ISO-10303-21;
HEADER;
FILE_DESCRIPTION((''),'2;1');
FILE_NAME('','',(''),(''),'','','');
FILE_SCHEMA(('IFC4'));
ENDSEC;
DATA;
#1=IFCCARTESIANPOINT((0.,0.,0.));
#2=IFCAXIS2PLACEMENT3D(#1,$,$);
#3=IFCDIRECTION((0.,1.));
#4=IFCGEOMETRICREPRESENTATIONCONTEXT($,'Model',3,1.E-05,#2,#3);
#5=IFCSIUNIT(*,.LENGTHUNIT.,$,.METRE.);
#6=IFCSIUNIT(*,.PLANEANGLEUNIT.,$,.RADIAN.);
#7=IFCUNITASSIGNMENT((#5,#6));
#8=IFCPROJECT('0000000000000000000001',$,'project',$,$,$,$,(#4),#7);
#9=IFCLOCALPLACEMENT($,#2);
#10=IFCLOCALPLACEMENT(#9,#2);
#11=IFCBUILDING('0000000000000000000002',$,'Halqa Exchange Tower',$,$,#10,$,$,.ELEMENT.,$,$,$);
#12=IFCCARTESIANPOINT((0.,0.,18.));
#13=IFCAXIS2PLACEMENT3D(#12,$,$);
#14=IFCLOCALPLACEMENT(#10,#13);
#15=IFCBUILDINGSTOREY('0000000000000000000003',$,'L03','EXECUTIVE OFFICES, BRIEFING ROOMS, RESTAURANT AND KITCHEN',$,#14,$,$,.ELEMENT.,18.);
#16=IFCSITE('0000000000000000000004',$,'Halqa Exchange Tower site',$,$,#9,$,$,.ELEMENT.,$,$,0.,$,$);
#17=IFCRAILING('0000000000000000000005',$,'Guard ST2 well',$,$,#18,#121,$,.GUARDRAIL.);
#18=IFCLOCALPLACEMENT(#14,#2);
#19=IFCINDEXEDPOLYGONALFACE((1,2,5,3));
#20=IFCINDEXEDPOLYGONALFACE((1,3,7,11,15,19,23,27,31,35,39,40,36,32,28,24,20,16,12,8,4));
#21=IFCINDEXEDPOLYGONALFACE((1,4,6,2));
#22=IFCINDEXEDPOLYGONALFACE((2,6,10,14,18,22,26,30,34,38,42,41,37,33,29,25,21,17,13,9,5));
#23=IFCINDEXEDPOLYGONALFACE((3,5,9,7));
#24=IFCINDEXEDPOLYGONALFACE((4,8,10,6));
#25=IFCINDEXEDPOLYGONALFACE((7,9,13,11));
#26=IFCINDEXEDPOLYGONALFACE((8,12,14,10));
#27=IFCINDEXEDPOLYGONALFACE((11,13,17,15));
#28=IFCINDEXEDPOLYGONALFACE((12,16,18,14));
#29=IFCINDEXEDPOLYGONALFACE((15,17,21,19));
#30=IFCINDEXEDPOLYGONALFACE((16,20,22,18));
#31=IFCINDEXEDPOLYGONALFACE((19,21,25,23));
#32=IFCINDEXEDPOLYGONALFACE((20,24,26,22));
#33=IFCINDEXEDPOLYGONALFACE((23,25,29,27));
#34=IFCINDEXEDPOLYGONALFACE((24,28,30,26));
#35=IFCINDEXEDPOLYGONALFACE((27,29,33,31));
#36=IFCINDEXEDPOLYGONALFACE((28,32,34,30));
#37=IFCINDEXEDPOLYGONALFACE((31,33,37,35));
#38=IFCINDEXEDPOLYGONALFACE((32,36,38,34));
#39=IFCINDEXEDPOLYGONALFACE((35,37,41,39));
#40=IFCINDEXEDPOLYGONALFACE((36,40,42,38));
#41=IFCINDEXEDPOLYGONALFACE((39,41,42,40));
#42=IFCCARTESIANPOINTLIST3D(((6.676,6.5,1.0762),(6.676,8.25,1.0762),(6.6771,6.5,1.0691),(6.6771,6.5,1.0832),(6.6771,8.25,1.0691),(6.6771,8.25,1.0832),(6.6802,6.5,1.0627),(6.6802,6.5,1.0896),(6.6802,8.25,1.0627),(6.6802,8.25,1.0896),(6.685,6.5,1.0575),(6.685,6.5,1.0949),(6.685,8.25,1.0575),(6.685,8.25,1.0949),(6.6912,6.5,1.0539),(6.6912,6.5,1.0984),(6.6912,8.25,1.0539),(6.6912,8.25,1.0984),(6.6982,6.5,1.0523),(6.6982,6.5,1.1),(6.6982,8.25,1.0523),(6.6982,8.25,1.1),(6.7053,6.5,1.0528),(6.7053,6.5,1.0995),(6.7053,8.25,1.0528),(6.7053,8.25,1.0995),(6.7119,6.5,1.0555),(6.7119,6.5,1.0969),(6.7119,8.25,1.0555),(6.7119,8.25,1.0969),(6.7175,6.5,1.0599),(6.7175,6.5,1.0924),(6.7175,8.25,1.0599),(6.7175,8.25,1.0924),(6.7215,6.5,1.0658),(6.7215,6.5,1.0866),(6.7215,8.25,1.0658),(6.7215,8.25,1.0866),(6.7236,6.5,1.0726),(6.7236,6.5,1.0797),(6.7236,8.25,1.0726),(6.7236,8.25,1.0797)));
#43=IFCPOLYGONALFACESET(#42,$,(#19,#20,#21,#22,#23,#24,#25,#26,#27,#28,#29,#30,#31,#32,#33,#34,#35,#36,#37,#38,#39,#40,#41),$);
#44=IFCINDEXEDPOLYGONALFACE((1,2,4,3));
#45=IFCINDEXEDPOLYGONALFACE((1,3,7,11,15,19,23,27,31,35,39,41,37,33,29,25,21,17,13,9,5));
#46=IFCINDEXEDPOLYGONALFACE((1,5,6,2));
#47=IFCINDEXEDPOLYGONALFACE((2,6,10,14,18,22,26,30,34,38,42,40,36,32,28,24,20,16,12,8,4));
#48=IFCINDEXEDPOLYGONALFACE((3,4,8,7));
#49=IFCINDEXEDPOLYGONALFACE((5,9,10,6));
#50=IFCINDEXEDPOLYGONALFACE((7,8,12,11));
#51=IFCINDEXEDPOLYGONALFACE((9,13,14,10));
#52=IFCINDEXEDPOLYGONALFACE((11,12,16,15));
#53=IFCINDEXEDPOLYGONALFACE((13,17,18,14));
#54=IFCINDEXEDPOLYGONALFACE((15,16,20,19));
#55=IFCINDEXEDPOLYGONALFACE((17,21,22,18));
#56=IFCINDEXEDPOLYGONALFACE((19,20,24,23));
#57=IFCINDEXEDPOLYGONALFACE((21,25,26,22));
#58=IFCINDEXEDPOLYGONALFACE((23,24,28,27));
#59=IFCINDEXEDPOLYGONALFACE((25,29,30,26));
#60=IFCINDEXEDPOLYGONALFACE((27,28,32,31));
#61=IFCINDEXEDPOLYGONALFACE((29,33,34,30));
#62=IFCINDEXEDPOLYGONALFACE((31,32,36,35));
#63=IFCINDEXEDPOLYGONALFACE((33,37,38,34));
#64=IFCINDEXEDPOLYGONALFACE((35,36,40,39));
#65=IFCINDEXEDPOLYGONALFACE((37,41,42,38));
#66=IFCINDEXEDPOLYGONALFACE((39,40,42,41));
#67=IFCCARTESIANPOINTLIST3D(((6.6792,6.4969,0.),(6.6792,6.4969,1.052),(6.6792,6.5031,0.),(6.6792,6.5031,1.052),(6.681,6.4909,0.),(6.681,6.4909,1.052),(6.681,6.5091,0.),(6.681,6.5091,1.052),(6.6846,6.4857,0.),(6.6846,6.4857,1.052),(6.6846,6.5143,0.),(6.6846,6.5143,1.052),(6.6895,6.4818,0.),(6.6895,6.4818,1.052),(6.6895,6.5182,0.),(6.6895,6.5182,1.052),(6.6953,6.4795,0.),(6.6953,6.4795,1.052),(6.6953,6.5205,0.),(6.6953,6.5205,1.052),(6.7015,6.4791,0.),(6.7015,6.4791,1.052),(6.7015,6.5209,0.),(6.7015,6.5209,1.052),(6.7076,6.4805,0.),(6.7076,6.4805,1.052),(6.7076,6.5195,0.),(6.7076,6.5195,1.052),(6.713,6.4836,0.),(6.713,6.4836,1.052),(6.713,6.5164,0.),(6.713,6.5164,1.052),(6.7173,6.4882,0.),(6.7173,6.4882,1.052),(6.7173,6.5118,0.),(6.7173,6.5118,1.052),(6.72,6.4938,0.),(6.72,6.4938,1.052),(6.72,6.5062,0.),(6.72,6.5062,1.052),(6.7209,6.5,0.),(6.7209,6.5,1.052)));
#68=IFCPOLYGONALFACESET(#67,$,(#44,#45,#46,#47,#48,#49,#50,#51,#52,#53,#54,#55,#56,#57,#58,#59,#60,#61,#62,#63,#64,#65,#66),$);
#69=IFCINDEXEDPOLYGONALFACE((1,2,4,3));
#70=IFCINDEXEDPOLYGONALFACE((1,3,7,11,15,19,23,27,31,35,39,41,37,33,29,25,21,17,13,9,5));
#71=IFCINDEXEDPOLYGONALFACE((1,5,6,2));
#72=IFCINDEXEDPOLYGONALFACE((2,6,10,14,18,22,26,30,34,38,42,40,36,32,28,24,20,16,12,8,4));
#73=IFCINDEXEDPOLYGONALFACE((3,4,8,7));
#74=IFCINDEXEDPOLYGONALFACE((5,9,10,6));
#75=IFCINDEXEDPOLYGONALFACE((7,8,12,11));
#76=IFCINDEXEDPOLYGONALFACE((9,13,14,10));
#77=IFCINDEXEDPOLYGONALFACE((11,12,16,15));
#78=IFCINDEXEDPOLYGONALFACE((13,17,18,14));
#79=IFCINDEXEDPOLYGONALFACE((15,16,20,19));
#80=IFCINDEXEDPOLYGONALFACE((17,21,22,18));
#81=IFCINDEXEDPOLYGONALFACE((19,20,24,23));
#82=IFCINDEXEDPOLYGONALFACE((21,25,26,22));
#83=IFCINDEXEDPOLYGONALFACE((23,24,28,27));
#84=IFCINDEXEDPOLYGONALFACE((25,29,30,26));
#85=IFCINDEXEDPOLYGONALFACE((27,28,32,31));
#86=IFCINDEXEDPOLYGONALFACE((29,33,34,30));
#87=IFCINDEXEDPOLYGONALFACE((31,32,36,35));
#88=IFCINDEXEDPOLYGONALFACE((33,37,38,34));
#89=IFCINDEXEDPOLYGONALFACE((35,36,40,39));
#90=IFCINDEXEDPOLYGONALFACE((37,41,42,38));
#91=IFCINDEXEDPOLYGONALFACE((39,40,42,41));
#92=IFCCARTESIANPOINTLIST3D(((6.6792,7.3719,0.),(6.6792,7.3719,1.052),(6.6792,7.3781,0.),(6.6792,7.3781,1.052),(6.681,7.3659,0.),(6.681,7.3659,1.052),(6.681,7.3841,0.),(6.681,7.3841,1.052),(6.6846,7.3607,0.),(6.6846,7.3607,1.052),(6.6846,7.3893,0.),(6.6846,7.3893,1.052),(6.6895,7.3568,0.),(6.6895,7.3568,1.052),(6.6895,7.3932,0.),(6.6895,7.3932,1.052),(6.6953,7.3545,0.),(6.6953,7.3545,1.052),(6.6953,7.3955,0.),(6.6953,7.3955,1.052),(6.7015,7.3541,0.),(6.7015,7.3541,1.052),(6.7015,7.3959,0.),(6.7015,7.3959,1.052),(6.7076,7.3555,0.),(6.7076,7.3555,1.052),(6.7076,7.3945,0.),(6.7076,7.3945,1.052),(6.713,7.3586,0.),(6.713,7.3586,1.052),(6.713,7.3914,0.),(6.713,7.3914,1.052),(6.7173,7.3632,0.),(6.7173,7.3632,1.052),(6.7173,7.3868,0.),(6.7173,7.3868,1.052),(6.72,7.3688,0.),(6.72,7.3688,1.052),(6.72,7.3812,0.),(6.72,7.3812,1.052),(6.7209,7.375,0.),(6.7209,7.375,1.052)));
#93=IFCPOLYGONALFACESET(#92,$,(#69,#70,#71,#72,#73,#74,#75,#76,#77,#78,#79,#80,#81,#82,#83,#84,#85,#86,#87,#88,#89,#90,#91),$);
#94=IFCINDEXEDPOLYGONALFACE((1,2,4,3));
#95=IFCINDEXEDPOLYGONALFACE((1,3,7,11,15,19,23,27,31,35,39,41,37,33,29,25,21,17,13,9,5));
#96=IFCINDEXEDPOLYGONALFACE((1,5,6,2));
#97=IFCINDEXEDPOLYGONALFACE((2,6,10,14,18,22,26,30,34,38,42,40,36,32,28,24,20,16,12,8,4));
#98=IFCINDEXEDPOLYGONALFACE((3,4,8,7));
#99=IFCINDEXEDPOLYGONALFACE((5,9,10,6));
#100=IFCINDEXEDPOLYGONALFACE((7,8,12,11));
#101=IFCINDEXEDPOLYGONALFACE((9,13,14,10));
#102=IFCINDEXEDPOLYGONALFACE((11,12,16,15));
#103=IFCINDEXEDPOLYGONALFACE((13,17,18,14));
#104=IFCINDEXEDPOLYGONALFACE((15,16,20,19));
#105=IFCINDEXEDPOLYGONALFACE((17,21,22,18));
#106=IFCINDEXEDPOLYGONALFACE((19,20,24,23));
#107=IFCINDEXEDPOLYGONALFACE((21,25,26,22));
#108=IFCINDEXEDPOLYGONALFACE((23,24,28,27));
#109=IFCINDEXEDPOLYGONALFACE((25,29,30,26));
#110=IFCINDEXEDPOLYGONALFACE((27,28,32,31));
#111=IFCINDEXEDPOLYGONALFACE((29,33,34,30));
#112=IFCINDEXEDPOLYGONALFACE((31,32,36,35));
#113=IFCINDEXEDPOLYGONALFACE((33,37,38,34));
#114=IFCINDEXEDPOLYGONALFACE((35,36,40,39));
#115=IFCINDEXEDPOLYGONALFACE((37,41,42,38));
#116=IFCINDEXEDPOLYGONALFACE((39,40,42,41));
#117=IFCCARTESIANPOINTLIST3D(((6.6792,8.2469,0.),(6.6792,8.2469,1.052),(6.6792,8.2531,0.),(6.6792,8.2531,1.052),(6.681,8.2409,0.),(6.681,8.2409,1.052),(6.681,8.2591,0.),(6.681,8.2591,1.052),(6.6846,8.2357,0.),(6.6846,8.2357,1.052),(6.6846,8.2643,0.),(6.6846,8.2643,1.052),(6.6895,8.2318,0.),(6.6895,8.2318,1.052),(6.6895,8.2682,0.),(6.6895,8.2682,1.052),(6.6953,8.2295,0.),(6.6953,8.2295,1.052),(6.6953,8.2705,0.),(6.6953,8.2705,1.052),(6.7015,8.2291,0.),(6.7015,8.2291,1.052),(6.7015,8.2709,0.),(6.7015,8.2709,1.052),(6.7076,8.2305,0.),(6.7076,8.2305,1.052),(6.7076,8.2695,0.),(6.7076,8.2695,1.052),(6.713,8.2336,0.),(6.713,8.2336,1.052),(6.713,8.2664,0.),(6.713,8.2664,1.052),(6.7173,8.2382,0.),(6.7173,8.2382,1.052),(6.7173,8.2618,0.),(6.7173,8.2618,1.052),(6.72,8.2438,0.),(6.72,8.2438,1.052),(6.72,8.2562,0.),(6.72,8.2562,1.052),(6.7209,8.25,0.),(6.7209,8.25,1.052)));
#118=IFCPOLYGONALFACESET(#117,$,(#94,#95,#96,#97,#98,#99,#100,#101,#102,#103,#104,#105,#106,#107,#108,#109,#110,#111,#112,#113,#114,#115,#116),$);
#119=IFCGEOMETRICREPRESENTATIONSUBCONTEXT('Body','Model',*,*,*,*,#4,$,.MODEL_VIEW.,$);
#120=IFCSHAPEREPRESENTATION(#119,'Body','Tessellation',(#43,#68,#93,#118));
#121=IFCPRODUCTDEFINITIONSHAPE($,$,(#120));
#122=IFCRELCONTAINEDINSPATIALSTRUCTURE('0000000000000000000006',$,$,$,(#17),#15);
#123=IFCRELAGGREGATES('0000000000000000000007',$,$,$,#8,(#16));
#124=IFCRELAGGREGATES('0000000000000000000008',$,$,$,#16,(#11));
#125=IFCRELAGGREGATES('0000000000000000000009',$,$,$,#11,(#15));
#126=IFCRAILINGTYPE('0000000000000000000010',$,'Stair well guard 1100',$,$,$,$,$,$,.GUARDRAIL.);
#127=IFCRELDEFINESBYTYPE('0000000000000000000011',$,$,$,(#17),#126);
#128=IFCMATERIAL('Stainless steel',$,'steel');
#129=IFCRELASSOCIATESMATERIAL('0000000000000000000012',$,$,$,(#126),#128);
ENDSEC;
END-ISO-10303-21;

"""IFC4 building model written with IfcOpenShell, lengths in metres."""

from ifc_helpers import new_model, si_unit, direction, frame, origin, origin_2d, place, context, subcontext, project, spatial, circle, extrude, material, type_object, element, save


model = new_model("IFC4")

# Units and contexts
model_context = context("Model", 3, precision=1e-05, world=origin(), true_north=direction((0.0, 1.0)))
body_context = subcontext(model_context, "Body", "Model", "MODEL_VIEW")
ifc_project = project(units=[si_unit("LENGTHUNIT", "METRE"), si_unit("PLANEANGLEUNIT", "RADIAN")], contexts=[model_context])

# Site, building, storey
site_placement = place(None, origin())
site = spatial("IfcSite", under=ifc_project, at=site_placement, Name="Halqa Exchange Tower site", CompositionType="ELEMENT", RefElevation=0.0)
building_placement = place(site_placement, origin())
building = spatial("IfcBuilding", under=site, at=building_placement, Name="Halqa Exchange Tower", CompositionType="ELEMENT")
storey_placement = place(building_placement, frame((0.0, 0.0, 18.0)))
storey = spatial("IfcBuildingStorey", under=building, at=storey_placement, Name="L03", Description="EXECUTIVE OFFICES, BRIEFING ROOMS, RESTAURANT AND KITCHEN", CompositionType="ELEMENT", Elevation=18.0)

# Railing
ifc_material_1 = material(Name="Stainless steel", Category="steel")
railing_type_1 = type_object("IfcRailingType", Name="Stair well guard 1100", PredefinedType="GUARDRAIL", material=ifc_material_1)
railing_1_placement = place(storey_placement, frame((6.7, 6.5, 0.0)))
element("IfcRailing", 1, at=railing_1_placement, inside=storey, type_object=railing_type_1, Name="Guard ST2 well", PredefinedType="GUARDRAIL", context=body_context, shape_type="SweptSolid", body=[
    extrude(circle(Radius=0.0239, at=origin_2d()), frame((0.0, 0.0, 1.0762), z_axis=(0.0, 1.0, 0.0), x_axis=(-1.0, 0.0, 0.0)), (0.0, 0.0, 1.0), 1.75),
    extrude(circle(Radius=0.021, at=origin_2d()), origin(), (0.0, 0.0, 1.0), 1.052),
    extrude(circle(Radius=0.021, at=origin_2d()), frame((0.0, 0.875, 0.0)), (0.0, 0.0, 1.0), 1.052),
    extrude(circle(Radius=0.021, at=origin_2d()), frame((0.0, 1.75, 0.0)), (0.0, 0.0, 1.0), 1.052),
])

save(model, "model.ifc")
